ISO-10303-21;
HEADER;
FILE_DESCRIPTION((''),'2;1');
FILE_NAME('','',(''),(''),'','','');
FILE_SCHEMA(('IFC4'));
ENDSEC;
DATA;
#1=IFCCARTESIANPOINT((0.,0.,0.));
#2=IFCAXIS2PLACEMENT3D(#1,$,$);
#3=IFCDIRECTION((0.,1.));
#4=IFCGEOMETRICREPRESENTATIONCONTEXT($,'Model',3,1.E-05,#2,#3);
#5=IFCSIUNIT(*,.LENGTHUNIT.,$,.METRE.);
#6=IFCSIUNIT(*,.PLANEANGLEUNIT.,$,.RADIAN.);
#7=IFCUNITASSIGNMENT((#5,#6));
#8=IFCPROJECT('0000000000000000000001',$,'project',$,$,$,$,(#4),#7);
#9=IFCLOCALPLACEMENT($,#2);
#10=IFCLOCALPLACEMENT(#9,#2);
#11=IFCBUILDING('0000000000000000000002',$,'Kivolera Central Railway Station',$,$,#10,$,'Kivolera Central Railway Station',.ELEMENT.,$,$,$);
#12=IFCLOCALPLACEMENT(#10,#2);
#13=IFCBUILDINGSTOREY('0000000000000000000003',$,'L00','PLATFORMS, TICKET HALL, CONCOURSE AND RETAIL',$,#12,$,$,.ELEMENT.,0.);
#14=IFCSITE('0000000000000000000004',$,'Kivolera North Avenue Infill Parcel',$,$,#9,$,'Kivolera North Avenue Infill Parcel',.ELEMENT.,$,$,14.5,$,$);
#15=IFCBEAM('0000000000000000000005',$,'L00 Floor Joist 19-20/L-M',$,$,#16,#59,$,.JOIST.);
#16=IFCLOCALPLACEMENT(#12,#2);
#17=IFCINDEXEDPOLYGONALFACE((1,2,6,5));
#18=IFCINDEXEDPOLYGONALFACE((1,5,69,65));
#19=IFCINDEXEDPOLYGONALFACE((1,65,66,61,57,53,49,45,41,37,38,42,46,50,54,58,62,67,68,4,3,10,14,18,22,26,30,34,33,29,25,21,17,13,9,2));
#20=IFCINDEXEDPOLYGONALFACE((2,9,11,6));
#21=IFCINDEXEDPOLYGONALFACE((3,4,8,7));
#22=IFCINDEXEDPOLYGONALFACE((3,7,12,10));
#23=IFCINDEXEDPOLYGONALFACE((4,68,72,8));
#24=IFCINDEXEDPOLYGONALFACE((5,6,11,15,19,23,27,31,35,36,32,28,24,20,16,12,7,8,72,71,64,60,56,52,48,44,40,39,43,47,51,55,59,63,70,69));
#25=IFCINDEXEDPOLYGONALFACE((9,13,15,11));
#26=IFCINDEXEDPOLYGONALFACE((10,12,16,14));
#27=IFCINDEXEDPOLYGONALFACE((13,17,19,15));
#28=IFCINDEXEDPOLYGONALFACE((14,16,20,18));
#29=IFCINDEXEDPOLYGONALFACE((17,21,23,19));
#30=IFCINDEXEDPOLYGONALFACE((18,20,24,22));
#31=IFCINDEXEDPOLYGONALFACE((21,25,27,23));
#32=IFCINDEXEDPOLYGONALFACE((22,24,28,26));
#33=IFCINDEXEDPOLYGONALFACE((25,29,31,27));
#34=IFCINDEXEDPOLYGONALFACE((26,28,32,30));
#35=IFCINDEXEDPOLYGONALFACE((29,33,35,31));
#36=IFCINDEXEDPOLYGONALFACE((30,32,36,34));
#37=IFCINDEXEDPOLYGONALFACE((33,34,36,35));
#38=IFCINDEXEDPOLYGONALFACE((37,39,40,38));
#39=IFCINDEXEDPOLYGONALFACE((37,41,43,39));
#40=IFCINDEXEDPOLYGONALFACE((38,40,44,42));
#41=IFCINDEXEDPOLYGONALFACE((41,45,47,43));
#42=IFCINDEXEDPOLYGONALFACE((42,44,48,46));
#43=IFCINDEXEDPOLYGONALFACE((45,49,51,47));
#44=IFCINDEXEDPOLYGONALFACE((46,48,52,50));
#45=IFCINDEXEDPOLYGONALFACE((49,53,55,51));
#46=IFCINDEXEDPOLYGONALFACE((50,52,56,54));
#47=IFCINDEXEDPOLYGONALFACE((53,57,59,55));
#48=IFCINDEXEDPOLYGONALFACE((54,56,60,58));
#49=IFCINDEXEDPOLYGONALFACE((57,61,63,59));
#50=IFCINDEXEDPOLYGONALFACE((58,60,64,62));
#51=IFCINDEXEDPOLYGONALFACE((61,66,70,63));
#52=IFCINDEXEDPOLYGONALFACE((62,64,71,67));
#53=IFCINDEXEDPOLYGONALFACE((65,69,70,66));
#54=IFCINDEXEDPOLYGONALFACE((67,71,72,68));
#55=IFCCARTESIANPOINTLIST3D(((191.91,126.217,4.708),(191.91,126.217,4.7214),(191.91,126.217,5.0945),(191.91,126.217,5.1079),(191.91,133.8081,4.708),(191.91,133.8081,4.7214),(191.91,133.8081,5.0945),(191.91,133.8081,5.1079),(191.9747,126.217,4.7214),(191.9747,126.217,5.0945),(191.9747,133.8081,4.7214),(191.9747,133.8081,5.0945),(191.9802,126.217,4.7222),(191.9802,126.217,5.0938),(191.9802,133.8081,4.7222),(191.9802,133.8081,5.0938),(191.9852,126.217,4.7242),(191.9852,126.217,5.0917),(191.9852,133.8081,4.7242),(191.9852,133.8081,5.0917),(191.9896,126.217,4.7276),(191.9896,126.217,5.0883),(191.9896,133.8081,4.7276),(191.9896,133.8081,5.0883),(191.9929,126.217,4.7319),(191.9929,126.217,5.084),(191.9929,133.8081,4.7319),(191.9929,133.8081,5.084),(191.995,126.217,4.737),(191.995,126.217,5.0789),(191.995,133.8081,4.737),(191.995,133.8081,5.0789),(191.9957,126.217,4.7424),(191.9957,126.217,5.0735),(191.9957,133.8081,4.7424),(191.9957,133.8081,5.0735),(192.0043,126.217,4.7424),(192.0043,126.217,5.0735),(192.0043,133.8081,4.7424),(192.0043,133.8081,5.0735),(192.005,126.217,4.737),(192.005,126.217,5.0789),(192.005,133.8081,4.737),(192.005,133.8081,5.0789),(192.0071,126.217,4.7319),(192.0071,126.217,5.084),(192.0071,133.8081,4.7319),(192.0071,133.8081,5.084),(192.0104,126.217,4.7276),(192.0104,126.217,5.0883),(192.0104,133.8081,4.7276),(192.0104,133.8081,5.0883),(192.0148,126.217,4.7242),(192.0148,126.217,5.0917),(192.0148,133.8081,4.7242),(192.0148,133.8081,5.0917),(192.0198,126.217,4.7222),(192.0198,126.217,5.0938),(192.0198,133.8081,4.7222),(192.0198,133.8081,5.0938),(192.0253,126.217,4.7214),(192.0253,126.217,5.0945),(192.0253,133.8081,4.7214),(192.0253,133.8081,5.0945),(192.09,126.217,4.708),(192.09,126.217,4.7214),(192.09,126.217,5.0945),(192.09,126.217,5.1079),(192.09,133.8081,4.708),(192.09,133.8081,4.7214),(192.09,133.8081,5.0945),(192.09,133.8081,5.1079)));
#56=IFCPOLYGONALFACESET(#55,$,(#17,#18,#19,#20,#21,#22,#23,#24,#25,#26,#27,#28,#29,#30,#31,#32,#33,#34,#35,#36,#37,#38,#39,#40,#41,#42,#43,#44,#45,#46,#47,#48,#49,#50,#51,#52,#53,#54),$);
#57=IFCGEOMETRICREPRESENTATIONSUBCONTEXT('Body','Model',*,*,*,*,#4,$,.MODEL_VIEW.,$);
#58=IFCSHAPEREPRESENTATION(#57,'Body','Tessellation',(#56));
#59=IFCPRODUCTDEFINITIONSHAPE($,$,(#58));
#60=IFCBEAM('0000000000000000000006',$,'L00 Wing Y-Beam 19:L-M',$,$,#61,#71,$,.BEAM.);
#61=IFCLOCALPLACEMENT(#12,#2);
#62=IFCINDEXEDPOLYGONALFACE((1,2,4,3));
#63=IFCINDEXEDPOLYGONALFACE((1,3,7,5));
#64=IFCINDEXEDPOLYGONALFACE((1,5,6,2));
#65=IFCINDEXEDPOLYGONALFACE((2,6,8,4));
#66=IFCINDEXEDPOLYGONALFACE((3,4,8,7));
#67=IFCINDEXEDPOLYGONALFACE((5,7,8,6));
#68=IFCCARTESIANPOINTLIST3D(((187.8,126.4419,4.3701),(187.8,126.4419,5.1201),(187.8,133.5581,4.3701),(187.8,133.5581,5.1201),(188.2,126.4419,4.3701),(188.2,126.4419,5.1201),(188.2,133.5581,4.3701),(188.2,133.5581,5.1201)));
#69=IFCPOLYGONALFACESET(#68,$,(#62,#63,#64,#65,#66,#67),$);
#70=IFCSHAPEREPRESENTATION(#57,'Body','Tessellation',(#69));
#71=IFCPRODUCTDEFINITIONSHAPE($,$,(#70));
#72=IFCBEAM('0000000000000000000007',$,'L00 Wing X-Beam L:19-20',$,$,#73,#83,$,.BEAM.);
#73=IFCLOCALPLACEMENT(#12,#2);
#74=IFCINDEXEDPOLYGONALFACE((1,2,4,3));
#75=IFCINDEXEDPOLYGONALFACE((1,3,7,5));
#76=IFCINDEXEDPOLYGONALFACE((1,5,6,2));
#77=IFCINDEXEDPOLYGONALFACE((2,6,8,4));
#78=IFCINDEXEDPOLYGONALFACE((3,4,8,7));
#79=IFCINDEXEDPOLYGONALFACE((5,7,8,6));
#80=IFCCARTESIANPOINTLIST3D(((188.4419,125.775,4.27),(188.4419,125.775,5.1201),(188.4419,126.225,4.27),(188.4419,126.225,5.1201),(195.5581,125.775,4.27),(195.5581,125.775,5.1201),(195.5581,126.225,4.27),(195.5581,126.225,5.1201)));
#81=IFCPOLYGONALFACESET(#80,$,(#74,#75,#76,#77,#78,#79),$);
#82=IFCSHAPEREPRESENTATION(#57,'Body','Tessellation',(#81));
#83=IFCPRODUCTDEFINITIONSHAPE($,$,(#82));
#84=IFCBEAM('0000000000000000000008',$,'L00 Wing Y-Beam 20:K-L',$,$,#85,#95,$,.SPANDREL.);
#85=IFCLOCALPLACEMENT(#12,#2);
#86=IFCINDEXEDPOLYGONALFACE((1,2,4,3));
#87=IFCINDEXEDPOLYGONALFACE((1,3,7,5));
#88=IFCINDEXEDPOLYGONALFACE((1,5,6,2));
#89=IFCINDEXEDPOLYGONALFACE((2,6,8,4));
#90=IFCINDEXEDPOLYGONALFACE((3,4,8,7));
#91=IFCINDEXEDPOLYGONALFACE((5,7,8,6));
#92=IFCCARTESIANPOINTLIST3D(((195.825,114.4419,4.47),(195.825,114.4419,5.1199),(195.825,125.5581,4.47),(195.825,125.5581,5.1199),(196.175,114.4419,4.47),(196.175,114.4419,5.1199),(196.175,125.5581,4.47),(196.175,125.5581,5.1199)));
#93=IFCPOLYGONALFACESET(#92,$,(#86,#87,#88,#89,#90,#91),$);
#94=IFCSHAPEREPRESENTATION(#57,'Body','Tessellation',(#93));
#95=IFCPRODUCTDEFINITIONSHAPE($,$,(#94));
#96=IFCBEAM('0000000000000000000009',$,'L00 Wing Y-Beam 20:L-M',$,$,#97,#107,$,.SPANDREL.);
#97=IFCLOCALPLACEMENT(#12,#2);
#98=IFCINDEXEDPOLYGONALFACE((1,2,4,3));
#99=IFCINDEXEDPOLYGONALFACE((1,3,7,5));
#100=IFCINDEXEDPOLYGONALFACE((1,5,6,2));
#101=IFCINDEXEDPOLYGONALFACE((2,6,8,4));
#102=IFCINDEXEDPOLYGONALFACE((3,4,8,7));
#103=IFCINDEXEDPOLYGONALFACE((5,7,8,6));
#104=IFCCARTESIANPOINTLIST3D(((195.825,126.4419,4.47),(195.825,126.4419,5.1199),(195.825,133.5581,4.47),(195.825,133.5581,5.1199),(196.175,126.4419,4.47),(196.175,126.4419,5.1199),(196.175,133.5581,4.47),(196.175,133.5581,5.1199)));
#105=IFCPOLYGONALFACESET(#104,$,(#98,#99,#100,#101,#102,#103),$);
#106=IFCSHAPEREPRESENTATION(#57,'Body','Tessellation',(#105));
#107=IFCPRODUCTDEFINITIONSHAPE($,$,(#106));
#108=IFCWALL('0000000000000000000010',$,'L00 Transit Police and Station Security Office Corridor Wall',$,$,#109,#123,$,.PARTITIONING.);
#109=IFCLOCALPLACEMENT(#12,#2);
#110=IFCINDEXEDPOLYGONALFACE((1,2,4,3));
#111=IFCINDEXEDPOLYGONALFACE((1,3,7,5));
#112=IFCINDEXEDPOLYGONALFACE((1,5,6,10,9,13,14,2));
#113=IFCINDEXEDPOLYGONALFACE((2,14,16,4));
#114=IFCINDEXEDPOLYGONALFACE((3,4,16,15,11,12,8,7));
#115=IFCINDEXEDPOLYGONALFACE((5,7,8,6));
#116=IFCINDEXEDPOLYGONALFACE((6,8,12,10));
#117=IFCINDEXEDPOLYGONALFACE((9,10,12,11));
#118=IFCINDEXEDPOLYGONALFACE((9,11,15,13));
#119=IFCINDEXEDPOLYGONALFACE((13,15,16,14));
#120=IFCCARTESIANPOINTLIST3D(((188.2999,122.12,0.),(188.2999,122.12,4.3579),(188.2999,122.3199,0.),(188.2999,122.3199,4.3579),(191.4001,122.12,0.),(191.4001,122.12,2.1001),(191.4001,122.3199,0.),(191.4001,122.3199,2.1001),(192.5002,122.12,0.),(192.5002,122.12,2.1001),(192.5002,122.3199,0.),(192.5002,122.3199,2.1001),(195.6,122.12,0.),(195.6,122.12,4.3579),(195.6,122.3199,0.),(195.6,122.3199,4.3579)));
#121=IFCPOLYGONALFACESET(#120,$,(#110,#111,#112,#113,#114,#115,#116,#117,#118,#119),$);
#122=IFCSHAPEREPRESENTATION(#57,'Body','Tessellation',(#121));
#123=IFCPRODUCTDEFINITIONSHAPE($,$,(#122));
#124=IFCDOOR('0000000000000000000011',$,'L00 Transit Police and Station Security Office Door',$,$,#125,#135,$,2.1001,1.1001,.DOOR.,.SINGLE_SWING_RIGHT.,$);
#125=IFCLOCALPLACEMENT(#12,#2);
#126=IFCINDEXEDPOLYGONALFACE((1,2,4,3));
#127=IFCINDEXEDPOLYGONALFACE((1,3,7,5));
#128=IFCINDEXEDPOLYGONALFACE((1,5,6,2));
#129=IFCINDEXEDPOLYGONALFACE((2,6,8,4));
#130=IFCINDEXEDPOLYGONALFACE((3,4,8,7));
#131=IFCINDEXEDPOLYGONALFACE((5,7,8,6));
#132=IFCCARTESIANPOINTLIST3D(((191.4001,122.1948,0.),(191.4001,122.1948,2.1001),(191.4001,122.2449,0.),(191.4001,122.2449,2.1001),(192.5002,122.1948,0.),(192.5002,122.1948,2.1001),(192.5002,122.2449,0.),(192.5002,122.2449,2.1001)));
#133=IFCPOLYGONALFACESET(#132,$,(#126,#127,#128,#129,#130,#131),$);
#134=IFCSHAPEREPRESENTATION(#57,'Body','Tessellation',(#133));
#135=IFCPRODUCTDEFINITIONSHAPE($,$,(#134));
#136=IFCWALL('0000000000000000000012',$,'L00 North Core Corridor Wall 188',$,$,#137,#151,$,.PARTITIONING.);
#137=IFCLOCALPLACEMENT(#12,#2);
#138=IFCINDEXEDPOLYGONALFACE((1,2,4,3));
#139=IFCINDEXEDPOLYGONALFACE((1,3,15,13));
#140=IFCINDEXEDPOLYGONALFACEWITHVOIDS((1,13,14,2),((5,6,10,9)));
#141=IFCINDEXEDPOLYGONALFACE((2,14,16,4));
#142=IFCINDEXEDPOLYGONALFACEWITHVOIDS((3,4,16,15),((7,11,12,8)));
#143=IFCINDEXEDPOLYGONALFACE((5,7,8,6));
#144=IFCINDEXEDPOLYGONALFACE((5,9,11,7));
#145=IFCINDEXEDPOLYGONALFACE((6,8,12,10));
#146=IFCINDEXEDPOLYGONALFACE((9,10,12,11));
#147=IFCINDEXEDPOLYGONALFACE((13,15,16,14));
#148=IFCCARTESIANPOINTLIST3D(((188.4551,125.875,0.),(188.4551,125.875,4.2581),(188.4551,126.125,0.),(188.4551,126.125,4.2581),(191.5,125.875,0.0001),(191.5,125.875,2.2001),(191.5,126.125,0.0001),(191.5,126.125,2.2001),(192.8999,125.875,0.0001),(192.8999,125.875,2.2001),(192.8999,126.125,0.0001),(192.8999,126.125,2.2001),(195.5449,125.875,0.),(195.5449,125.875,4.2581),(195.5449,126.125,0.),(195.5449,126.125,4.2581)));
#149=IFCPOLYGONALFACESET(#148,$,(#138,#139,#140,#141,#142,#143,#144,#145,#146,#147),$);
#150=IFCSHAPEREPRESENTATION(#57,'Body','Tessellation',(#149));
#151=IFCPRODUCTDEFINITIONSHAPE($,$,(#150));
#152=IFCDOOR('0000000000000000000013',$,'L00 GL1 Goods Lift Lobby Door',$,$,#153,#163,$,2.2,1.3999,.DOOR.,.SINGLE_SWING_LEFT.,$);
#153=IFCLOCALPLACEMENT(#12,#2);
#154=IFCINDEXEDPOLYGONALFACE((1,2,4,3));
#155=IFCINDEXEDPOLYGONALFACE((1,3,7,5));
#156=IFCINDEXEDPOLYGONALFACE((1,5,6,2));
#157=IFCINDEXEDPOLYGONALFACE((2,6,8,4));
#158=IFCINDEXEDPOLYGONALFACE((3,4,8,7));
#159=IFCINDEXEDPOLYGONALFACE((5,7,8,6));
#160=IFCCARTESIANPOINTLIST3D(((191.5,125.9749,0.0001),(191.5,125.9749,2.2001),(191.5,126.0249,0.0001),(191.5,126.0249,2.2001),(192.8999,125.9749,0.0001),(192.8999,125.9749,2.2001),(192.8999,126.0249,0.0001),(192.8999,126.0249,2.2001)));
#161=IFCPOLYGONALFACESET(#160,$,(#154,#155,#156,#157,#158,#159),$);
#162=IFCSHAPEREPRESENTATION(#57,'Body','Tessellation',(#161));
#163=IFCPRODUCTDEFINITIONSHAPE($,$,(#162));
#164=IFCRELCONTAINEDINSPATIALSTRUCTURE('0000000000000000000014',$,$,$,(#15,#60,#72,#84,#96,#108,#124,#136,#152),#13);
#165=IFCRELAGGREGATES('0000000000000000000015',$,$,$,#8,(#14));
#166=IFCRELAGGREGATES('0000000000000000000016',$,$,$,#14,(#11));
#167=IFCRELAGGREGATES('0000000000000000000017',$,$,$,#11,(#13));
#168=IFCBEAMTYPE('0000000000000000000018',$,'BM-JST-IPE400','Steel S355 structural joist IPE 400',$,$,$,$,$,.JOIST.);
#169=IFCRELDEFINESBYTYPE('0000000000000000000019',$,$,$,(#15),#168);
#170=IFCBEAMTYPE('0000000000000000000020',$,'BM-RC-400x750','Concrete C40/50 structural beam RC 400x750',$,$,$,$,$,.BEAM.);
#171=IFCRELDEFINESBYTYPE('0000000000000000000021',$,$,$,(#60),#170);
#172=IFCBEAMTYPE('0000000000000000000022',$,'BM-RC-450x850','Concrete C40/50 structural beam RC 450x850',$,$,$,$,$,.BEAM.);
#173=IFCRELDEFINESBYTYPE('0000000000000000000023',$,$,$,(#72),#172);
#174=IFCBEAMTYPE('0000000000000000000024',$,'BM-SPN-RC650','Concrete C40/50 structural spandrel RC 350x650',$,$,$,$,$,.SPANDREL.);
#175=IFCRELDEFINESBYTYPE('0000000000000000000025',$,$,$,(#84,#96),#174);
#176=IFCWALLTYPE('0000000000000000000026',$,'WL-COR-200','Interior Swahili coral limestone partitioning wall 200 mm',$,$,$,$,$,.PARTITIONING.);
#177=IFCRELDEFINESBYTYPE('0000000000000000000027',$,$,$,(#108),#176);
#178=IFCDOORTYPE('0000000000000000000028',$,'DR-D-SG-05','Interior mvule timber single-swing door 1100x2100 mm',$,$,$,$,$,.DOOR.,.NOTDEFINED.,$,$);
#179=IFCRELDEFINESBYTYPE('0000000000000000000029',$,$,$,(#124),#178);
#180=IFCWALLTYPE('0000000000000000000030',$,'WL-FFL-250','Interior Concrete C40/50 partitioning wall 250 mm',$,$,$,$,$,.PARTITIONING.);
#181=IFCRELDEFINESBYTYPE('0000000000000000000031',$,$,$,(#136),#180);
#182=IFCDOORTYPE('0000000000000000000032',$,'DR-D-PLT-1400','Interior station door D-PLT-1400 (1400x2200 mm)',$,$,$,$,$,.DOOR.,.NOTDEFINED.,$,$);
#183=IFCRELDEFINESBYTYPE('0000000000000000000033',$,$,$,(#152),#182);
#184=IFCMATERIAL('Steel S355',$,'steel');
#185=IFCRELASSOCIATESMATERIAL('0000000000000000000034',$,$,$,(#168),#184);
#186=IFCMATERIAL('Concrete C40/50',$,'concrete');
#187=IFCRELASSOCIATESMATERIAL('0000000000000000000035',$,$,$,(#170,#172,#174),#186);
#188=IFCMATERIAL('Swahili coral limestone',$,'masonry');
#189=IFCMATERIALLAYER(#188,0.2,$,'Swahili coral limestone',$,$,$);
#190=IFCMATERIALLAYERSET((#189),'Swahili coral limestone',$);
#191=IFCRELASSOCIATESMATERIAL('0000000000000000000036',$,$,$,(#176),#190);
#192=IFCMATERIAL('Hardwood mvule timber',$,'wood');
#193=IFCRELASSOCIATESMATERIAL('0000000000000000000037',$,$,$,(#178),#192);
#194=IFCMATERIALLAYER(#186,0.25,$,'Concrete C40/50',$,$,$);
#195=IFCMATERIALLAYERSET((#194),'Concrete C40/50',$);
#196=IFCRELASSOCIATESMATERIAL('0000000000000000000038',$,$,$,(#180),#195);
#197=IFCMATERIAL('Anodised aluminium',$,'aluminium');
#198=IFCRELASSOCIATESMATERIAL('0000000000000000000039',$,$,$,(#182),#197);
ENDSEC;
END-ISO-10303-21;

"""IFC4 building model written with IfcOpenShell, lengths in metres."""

from ifc_helpers import new_model, si_unit, direction, frame, frame_2d, origin, origin_2d, place, context, subcontext, project, spatial, rectangle, i_section, extrude, material, layer, layer_set, material_profile, profile_set, type_object, element, fill, save


model = new_model("IFC4")

# Units and contexts
model_context = context("Model", 3, precision=1e-05, world=origin(), true_north=direction((0.0, 1.0)))
body_context = subcontext(model_context, "Body", "Model", "MODEL_VIEW")
ifc_project = project(units=[si_unit("LENGTHUNIT", "METRE"), si_unit("PLANEANGLEUNIT", "RADIAN")], contexts=[model_context])

# Site, building, storey
site_placement = place(None, origin())
site = spatial("IfcSite", under=ifc_project, at=site_placement, Name="Kivolera North Avenue Infill Parcel", LongName="Kivolera North Avenue Infill Parcel", CompositionType="ELEMENT", RefElevation=14.5)
building_placement = place(site_placement, origin())
building = spatial("IfcBuilding", under=site, at=building_placement, Name="Kivolera Central Railway Station", LongName="Kivolera Central Railway Station", CompositionType="ELEMENT")
storey_placement = place(building_placement, origin())
storey = spatial("IfcBuildingStorey", under=building, at=storey_placement, Name="L00", Description="PLATFORMS, TICKET HALL, CONCOURSE AND RETAIL", CompositionType="ELEMENT", Elevation=0.0)

# Shared definitions
ifc_material_1 = material(Name="Concrete C40/50", Category="concrete")

# Beams
ifc_material_2 = material(Name="Steel S355", Category="steel")
ifc_material_profile_1 = material_profile(ifc_material_2, i_section(OverallWidth=0.1799, OverallDepth=0.3999, WebThickness=0.0085, FlangeThickness=0.0134, FilletRadius=0.021, at=origin_2d()), Name="IPE 400")
ifc_profile_set_1 = profile_set([ifc_material_profile_1], Name="Steel S355")
beam_type_1 = type_object("IfcBeamType", Name="BM-JST-IPE400", Description="Steel S355 structural joist IPE 400", PredefinedType="JOIST", material=ifc_profile_set_1)
beam_1_placement = place(storey_placement, frame((192.0, 126.217, 4.908), z_axis=(0.0, 1.0, 0.0), x_axis=(-1.0, 0.0, 0.0)))
element("IfcBeam", 1, at=beam_1_placement, inside=storey, type_object=beam_type_1, Name="L00 Floor Joist 19-20/L-M", PredefinedType="JOIST", context=body_context, shape_type="SweptSolid", body=[
    extrude(i_section(OverallWidth=0.1799, OverallDepth=0.3999, WebThickness=0.0085, FlangeThickness=0.0134, FilletRadius=0.021, at=origin_2d()), origin(), (0.0, 0.0, 1.0), 7.5911),
])
ifc_material_profile_2 = material_profile(ifc_material_1, rectangle(XDim=0.3999, YDim=0.75, at=origin_2d()), Name="RC 400x750")
ifc_profile_set_2 = profile_set([ifc_material_profile_2], Name="Concrete C40/50")
beam_type_2 = type_object("IfcBeamType", Name="BM-RC-400x750", Description="Concrete C40/50 structural beam RC 400x750", PredefinedType="BEAM", material=ifc_profile_set_2)
beam_2_placement = place(storey_placement, frame((188.0, 126.4419, 4.7451), z_axis=(0.0, 1.0, 0.0), x_axis=(-1.0, 0.0, 0.0)))
element("IfcBeam", 2, at=beam_2_placement, inside=storey, type_object=beam_type_2, Name="L00 Wing Y-Beam 19:L-M", PredefinedType="BEAM", context=body_context, shape_type="SweptSolid", body=[
    extrude(rectangle(XDim=0.3999, YDim=0.75, at=origin_2d()), origin(), (0.0, 0.0, 1.0), 7.1162),
])
ifc_material_profile_3 = material_profile(ifc_material_1, rectangle(XDim=0.45, YDim=0.8501, at=origin_2d()), Name="RC 450x850")
ifc_profile_set_3 = profile_set([ifc_material_profile_3], Name="Concrete C40/50")
beam_type_3 = type_object("IfcBeamType", Name="BM-RC-450x850", Description="Concrete C40/50 structural beam RC 450x850", PredefinedType="BEAM", material=ifc_profile_set_3)
beam_3_placement = place(storey_placement, frame((188.4419, 126.0, 4.6951), z_axis=(1.0, 0.0, 0.0), x_axis=(0.0, 1.0, 0.0)))
element("IfcBeam", 3, at=beam_3_placement, inside=storey, type_object=beam_type_3, Name="L00 Wing X-Beam L:19-20", PredefinedType="BEAM", context=body_context, shape_type="SweptSolid", body=[
    extrude(rectangle(XDim=0.45, YDim=0.8501, at=origin_2d()), origin(), (0.0, 0.0, 1.0), 7.1162),
])
ifc_material_profile_4 = material_profile(ifc_material_1, rectangle(XDim=0.3501, YDim=0.6499, at=origin_2d()), Name="RC 350x650")
ifc_profile_set_4 = profile_set([ifc_material_profile_4], Name="Concrete C40/50")
beam_type_4 = type_object("IfcBeamType", Name="BM-SPN-RC650", Description="Concrete C40/50 structural spandrel RC 350x650", PredefinedType="SPANDREL", material=ifc_profile_set_4)
beam_4_placement = place(storey_placement, frame((196.0, 114.4419, 4.7949), z_axis=(0.0, 1.0, 0.0), x_axis=(-1.0, 0.0, 0.0)))
element("IfcBeam", 4, at=beam_4_placement, inside=storey, type_object=beam_type_4, Name="L00 Wing Y-Beam 20:K-L", PredefinedType="SPANDREL", context=body_context, shape_type="SweptSolid", body=[
    extrude(rectangle(XDim=0.3501, YDim=0.6499, at=origin_2d()), origin(), (0.0, 0.0, 1.0), 11.1162),
])
beam_5_placement = place(storey_placement, frame((196.0, 126.4419, 4.7949), z_axis=(0.0, 1.0, 0.0), x_axis=(-1.0, 0.0, 0.0)))
element("IfcBeam", 5, at=beam_5_placement, inside=storey, type_object=beam_type_4, Name="L00 Wing Y-Beam 20:L-M", PredefinedType="SPANDREL", context=body_context, shape_type="SweptSolid", body=[
    extrude(rectangle(XDim=0.3501, YDim=0.6499, at=origin_2d()), origin(), (0.0, 0.0, 1.0), 7.1162),
])

# Walls, openings, doors
ifc_material_3 = material(Name="Swahili coral limestone", Category="masonry")
ifc_layer_1 = layer(ifc_material_3, 0.2, Name="Swahili coral limestone")
ifc_layer_set_1 = layer_set([ifc_layer_1], Name="Swahili coral limestone")
wall_type_1 = type_object("IfcWallType", Name="WL-COR-200", Description="Interior Swahili coral limestone partitioning wall 200 mm", PredefinedType="PARTITIONING", material=ifc_layer_set_1)
wall_1_placement = place(storey_placement, frame((188.3, 122.22, 0.0), z_axis=(0.0, 0.0, 1.0), x_axis=(1.0, 0.0, 0.0)))
wall_1 = element("IfcWall", 6, at=wall_1_placement, inside=storey, type_object=wall_type_1, Name="L00 Transit Police and Station Security Office Corridor Wall", PredefinedType="PARTITIONING", context=body_context, shape_type="SweptSolid", body=[
    extrude(rectangle(XDim=7.3, YDim=0.2, at=frame_2d((3.6499, 0.0))), origin(), (0.0, 0.0, 1.0), 4.3579),
])
opening_1_placement = place(wall_1_placement, frame((3.1001, 0.0, 0.0)))
opening_1 = element("IfcOpeningElement", 7, at=opening_1_placement, cuts=wall_1, PredefinedType="OPENING", context=body_context, shape_type="SweptSolid", body=[
    extrude(rectangle(XDim=1.1001, YDim=2.1001, at=frame_2d((0.55, 1.05))), frame((0.0, 0.1099, 0.0), z_axis=(0.0, -1.0, 0.0), x_axis=(1.0, 0.0, 0.0)), (0.0, 0.0, 1.0), 0.22),
])
ifc_material_4 = material(Name="Hardwood mvule timber", Category="wood")
door_type_1 = type_object("IfcDoorType", Name="DR-D-SG-05", Description="Interior mvule timber single-swing door 1100x2100 mm", OperationType="NOTDEFINED", PredefinedType="DOOR", material=ifc_material_4)
door_1_placement = place(opening_1_placement, origin())
door_1 = element("IfcDoor", 8, at=door_1_placement, inside=storey, type_object=door_type_1, Name="L00 Transit Police and Station Security Office Door", OperationType="SINGLE_SWING_RIGHT", OverallHeight=2.1001, OverallWidth=1.1001, PredefinedType="DOOR", context=body_context, shape_type="SweptSolid", body=[
    extrude(rectangle(XDim=1.1001, YDim=2.1001, at=frame_2d((0.55, 1.05))), frame((0.0, 0.0249, 0.0), z_axis=(0.0, -1.0, 0.0), x_axis=(1.0, 0.0, 0.0)), (0.0, 0.0, 1.0), 0.05),
])
fill(opening_1, door_1)
ifc_layer_2 = layer(ifc_material_1, 0.25, Name="Concrete C40/50")
ifc_layer_set_2 = layer_set([ifc_layer_2], Name="Concrete C40/50")
wall_type_2 = type_object("IfcWallType", Name="WL-FFL-250", Description="Interior Concrete C40/50 partitioning wall 250 mm", PredefinedType="PARTITIONING", material=ifc_layer_set_2)
wall_2_placement = place(storey_placement, frame((188.4551, 126.0, 0.0), z_axis=(0.0, 0.0, 1.0), x_axis=(1.0, 0.0, 0.0)))
wall_2 = element("IfcWall", 9, at=wall_2_placement, inside=storey, type_object=wall_type_2, Name="L00 North Core Corridor Wall 188", PredefinedType="PARTITIONING", context=body_context, shape_type="SweptSolid", body=[
    extrude(rectangle(XDim=7.0898, YDim=0.25, at=frame_2d((3.5449, 0.0))), origin(), (0.0, 0.0, 1.0), 4.2581),
])
opening_2_placement = place(wall_2_placement, frame((3.0449, 0.0, 0.0)))
opening_2 = element("IfcOpeningElement", 10, at=opening_2_placement, cuts=wall_2, PredefinedType="OPENING", context=body_context, shape_type="SweptSolid", body=[
    extrude(rectangle(XDim=1.3999, YDim=2.2, at=frame_2d((0.7, 1.1001))), frame((0.0, 0.135, 0.0), z_axis=(0.0, -1.0, 0.0), x_axis=(1.0, 0.0, 0.0)), (0.0, 0.0, 1.0), 0.27),
])
ifc_material_5 = material(Name="Anodised aluminium", Category="aluminium")
door_type_2 = type_object("IfcDoorType", Name="DR-D-PLT-1400", Description="Interior station door D-PLT-1400 (1400x2200 mm)", OperationType="NOTDEFINED", PredefinedType="DOOR", material=ifc_material_5)
door_2_placement = place(opening_2_placement, origin())
door_2 = element("IfcDoor", 11, at=door_2_placement, inside=storey, type_object=door_type_2, Name="L00 GL1 Goods Lift Lobby Door", OperationType="SINGLE_SWING_LEFT", OverallHeight=2.2, OverallWidth=1.3999, PredefinedType="DOOR", context=body_context, shape_type="SweptSolid", body=[
    extrude(rectangle(XDim=1.3999, YDim=2.2, at=frame_2d((0.7, 1.1001))), frame((0.0, 0.0249, 0.0), z_axis=(0.0, -1.0, 0.0), x_axis=(1.0, 0.0, 0.0)), (0.0, 0.0, 1.0), 0.05),
])
fill(opening_2, door_2)

save(model, "model.ifc")
